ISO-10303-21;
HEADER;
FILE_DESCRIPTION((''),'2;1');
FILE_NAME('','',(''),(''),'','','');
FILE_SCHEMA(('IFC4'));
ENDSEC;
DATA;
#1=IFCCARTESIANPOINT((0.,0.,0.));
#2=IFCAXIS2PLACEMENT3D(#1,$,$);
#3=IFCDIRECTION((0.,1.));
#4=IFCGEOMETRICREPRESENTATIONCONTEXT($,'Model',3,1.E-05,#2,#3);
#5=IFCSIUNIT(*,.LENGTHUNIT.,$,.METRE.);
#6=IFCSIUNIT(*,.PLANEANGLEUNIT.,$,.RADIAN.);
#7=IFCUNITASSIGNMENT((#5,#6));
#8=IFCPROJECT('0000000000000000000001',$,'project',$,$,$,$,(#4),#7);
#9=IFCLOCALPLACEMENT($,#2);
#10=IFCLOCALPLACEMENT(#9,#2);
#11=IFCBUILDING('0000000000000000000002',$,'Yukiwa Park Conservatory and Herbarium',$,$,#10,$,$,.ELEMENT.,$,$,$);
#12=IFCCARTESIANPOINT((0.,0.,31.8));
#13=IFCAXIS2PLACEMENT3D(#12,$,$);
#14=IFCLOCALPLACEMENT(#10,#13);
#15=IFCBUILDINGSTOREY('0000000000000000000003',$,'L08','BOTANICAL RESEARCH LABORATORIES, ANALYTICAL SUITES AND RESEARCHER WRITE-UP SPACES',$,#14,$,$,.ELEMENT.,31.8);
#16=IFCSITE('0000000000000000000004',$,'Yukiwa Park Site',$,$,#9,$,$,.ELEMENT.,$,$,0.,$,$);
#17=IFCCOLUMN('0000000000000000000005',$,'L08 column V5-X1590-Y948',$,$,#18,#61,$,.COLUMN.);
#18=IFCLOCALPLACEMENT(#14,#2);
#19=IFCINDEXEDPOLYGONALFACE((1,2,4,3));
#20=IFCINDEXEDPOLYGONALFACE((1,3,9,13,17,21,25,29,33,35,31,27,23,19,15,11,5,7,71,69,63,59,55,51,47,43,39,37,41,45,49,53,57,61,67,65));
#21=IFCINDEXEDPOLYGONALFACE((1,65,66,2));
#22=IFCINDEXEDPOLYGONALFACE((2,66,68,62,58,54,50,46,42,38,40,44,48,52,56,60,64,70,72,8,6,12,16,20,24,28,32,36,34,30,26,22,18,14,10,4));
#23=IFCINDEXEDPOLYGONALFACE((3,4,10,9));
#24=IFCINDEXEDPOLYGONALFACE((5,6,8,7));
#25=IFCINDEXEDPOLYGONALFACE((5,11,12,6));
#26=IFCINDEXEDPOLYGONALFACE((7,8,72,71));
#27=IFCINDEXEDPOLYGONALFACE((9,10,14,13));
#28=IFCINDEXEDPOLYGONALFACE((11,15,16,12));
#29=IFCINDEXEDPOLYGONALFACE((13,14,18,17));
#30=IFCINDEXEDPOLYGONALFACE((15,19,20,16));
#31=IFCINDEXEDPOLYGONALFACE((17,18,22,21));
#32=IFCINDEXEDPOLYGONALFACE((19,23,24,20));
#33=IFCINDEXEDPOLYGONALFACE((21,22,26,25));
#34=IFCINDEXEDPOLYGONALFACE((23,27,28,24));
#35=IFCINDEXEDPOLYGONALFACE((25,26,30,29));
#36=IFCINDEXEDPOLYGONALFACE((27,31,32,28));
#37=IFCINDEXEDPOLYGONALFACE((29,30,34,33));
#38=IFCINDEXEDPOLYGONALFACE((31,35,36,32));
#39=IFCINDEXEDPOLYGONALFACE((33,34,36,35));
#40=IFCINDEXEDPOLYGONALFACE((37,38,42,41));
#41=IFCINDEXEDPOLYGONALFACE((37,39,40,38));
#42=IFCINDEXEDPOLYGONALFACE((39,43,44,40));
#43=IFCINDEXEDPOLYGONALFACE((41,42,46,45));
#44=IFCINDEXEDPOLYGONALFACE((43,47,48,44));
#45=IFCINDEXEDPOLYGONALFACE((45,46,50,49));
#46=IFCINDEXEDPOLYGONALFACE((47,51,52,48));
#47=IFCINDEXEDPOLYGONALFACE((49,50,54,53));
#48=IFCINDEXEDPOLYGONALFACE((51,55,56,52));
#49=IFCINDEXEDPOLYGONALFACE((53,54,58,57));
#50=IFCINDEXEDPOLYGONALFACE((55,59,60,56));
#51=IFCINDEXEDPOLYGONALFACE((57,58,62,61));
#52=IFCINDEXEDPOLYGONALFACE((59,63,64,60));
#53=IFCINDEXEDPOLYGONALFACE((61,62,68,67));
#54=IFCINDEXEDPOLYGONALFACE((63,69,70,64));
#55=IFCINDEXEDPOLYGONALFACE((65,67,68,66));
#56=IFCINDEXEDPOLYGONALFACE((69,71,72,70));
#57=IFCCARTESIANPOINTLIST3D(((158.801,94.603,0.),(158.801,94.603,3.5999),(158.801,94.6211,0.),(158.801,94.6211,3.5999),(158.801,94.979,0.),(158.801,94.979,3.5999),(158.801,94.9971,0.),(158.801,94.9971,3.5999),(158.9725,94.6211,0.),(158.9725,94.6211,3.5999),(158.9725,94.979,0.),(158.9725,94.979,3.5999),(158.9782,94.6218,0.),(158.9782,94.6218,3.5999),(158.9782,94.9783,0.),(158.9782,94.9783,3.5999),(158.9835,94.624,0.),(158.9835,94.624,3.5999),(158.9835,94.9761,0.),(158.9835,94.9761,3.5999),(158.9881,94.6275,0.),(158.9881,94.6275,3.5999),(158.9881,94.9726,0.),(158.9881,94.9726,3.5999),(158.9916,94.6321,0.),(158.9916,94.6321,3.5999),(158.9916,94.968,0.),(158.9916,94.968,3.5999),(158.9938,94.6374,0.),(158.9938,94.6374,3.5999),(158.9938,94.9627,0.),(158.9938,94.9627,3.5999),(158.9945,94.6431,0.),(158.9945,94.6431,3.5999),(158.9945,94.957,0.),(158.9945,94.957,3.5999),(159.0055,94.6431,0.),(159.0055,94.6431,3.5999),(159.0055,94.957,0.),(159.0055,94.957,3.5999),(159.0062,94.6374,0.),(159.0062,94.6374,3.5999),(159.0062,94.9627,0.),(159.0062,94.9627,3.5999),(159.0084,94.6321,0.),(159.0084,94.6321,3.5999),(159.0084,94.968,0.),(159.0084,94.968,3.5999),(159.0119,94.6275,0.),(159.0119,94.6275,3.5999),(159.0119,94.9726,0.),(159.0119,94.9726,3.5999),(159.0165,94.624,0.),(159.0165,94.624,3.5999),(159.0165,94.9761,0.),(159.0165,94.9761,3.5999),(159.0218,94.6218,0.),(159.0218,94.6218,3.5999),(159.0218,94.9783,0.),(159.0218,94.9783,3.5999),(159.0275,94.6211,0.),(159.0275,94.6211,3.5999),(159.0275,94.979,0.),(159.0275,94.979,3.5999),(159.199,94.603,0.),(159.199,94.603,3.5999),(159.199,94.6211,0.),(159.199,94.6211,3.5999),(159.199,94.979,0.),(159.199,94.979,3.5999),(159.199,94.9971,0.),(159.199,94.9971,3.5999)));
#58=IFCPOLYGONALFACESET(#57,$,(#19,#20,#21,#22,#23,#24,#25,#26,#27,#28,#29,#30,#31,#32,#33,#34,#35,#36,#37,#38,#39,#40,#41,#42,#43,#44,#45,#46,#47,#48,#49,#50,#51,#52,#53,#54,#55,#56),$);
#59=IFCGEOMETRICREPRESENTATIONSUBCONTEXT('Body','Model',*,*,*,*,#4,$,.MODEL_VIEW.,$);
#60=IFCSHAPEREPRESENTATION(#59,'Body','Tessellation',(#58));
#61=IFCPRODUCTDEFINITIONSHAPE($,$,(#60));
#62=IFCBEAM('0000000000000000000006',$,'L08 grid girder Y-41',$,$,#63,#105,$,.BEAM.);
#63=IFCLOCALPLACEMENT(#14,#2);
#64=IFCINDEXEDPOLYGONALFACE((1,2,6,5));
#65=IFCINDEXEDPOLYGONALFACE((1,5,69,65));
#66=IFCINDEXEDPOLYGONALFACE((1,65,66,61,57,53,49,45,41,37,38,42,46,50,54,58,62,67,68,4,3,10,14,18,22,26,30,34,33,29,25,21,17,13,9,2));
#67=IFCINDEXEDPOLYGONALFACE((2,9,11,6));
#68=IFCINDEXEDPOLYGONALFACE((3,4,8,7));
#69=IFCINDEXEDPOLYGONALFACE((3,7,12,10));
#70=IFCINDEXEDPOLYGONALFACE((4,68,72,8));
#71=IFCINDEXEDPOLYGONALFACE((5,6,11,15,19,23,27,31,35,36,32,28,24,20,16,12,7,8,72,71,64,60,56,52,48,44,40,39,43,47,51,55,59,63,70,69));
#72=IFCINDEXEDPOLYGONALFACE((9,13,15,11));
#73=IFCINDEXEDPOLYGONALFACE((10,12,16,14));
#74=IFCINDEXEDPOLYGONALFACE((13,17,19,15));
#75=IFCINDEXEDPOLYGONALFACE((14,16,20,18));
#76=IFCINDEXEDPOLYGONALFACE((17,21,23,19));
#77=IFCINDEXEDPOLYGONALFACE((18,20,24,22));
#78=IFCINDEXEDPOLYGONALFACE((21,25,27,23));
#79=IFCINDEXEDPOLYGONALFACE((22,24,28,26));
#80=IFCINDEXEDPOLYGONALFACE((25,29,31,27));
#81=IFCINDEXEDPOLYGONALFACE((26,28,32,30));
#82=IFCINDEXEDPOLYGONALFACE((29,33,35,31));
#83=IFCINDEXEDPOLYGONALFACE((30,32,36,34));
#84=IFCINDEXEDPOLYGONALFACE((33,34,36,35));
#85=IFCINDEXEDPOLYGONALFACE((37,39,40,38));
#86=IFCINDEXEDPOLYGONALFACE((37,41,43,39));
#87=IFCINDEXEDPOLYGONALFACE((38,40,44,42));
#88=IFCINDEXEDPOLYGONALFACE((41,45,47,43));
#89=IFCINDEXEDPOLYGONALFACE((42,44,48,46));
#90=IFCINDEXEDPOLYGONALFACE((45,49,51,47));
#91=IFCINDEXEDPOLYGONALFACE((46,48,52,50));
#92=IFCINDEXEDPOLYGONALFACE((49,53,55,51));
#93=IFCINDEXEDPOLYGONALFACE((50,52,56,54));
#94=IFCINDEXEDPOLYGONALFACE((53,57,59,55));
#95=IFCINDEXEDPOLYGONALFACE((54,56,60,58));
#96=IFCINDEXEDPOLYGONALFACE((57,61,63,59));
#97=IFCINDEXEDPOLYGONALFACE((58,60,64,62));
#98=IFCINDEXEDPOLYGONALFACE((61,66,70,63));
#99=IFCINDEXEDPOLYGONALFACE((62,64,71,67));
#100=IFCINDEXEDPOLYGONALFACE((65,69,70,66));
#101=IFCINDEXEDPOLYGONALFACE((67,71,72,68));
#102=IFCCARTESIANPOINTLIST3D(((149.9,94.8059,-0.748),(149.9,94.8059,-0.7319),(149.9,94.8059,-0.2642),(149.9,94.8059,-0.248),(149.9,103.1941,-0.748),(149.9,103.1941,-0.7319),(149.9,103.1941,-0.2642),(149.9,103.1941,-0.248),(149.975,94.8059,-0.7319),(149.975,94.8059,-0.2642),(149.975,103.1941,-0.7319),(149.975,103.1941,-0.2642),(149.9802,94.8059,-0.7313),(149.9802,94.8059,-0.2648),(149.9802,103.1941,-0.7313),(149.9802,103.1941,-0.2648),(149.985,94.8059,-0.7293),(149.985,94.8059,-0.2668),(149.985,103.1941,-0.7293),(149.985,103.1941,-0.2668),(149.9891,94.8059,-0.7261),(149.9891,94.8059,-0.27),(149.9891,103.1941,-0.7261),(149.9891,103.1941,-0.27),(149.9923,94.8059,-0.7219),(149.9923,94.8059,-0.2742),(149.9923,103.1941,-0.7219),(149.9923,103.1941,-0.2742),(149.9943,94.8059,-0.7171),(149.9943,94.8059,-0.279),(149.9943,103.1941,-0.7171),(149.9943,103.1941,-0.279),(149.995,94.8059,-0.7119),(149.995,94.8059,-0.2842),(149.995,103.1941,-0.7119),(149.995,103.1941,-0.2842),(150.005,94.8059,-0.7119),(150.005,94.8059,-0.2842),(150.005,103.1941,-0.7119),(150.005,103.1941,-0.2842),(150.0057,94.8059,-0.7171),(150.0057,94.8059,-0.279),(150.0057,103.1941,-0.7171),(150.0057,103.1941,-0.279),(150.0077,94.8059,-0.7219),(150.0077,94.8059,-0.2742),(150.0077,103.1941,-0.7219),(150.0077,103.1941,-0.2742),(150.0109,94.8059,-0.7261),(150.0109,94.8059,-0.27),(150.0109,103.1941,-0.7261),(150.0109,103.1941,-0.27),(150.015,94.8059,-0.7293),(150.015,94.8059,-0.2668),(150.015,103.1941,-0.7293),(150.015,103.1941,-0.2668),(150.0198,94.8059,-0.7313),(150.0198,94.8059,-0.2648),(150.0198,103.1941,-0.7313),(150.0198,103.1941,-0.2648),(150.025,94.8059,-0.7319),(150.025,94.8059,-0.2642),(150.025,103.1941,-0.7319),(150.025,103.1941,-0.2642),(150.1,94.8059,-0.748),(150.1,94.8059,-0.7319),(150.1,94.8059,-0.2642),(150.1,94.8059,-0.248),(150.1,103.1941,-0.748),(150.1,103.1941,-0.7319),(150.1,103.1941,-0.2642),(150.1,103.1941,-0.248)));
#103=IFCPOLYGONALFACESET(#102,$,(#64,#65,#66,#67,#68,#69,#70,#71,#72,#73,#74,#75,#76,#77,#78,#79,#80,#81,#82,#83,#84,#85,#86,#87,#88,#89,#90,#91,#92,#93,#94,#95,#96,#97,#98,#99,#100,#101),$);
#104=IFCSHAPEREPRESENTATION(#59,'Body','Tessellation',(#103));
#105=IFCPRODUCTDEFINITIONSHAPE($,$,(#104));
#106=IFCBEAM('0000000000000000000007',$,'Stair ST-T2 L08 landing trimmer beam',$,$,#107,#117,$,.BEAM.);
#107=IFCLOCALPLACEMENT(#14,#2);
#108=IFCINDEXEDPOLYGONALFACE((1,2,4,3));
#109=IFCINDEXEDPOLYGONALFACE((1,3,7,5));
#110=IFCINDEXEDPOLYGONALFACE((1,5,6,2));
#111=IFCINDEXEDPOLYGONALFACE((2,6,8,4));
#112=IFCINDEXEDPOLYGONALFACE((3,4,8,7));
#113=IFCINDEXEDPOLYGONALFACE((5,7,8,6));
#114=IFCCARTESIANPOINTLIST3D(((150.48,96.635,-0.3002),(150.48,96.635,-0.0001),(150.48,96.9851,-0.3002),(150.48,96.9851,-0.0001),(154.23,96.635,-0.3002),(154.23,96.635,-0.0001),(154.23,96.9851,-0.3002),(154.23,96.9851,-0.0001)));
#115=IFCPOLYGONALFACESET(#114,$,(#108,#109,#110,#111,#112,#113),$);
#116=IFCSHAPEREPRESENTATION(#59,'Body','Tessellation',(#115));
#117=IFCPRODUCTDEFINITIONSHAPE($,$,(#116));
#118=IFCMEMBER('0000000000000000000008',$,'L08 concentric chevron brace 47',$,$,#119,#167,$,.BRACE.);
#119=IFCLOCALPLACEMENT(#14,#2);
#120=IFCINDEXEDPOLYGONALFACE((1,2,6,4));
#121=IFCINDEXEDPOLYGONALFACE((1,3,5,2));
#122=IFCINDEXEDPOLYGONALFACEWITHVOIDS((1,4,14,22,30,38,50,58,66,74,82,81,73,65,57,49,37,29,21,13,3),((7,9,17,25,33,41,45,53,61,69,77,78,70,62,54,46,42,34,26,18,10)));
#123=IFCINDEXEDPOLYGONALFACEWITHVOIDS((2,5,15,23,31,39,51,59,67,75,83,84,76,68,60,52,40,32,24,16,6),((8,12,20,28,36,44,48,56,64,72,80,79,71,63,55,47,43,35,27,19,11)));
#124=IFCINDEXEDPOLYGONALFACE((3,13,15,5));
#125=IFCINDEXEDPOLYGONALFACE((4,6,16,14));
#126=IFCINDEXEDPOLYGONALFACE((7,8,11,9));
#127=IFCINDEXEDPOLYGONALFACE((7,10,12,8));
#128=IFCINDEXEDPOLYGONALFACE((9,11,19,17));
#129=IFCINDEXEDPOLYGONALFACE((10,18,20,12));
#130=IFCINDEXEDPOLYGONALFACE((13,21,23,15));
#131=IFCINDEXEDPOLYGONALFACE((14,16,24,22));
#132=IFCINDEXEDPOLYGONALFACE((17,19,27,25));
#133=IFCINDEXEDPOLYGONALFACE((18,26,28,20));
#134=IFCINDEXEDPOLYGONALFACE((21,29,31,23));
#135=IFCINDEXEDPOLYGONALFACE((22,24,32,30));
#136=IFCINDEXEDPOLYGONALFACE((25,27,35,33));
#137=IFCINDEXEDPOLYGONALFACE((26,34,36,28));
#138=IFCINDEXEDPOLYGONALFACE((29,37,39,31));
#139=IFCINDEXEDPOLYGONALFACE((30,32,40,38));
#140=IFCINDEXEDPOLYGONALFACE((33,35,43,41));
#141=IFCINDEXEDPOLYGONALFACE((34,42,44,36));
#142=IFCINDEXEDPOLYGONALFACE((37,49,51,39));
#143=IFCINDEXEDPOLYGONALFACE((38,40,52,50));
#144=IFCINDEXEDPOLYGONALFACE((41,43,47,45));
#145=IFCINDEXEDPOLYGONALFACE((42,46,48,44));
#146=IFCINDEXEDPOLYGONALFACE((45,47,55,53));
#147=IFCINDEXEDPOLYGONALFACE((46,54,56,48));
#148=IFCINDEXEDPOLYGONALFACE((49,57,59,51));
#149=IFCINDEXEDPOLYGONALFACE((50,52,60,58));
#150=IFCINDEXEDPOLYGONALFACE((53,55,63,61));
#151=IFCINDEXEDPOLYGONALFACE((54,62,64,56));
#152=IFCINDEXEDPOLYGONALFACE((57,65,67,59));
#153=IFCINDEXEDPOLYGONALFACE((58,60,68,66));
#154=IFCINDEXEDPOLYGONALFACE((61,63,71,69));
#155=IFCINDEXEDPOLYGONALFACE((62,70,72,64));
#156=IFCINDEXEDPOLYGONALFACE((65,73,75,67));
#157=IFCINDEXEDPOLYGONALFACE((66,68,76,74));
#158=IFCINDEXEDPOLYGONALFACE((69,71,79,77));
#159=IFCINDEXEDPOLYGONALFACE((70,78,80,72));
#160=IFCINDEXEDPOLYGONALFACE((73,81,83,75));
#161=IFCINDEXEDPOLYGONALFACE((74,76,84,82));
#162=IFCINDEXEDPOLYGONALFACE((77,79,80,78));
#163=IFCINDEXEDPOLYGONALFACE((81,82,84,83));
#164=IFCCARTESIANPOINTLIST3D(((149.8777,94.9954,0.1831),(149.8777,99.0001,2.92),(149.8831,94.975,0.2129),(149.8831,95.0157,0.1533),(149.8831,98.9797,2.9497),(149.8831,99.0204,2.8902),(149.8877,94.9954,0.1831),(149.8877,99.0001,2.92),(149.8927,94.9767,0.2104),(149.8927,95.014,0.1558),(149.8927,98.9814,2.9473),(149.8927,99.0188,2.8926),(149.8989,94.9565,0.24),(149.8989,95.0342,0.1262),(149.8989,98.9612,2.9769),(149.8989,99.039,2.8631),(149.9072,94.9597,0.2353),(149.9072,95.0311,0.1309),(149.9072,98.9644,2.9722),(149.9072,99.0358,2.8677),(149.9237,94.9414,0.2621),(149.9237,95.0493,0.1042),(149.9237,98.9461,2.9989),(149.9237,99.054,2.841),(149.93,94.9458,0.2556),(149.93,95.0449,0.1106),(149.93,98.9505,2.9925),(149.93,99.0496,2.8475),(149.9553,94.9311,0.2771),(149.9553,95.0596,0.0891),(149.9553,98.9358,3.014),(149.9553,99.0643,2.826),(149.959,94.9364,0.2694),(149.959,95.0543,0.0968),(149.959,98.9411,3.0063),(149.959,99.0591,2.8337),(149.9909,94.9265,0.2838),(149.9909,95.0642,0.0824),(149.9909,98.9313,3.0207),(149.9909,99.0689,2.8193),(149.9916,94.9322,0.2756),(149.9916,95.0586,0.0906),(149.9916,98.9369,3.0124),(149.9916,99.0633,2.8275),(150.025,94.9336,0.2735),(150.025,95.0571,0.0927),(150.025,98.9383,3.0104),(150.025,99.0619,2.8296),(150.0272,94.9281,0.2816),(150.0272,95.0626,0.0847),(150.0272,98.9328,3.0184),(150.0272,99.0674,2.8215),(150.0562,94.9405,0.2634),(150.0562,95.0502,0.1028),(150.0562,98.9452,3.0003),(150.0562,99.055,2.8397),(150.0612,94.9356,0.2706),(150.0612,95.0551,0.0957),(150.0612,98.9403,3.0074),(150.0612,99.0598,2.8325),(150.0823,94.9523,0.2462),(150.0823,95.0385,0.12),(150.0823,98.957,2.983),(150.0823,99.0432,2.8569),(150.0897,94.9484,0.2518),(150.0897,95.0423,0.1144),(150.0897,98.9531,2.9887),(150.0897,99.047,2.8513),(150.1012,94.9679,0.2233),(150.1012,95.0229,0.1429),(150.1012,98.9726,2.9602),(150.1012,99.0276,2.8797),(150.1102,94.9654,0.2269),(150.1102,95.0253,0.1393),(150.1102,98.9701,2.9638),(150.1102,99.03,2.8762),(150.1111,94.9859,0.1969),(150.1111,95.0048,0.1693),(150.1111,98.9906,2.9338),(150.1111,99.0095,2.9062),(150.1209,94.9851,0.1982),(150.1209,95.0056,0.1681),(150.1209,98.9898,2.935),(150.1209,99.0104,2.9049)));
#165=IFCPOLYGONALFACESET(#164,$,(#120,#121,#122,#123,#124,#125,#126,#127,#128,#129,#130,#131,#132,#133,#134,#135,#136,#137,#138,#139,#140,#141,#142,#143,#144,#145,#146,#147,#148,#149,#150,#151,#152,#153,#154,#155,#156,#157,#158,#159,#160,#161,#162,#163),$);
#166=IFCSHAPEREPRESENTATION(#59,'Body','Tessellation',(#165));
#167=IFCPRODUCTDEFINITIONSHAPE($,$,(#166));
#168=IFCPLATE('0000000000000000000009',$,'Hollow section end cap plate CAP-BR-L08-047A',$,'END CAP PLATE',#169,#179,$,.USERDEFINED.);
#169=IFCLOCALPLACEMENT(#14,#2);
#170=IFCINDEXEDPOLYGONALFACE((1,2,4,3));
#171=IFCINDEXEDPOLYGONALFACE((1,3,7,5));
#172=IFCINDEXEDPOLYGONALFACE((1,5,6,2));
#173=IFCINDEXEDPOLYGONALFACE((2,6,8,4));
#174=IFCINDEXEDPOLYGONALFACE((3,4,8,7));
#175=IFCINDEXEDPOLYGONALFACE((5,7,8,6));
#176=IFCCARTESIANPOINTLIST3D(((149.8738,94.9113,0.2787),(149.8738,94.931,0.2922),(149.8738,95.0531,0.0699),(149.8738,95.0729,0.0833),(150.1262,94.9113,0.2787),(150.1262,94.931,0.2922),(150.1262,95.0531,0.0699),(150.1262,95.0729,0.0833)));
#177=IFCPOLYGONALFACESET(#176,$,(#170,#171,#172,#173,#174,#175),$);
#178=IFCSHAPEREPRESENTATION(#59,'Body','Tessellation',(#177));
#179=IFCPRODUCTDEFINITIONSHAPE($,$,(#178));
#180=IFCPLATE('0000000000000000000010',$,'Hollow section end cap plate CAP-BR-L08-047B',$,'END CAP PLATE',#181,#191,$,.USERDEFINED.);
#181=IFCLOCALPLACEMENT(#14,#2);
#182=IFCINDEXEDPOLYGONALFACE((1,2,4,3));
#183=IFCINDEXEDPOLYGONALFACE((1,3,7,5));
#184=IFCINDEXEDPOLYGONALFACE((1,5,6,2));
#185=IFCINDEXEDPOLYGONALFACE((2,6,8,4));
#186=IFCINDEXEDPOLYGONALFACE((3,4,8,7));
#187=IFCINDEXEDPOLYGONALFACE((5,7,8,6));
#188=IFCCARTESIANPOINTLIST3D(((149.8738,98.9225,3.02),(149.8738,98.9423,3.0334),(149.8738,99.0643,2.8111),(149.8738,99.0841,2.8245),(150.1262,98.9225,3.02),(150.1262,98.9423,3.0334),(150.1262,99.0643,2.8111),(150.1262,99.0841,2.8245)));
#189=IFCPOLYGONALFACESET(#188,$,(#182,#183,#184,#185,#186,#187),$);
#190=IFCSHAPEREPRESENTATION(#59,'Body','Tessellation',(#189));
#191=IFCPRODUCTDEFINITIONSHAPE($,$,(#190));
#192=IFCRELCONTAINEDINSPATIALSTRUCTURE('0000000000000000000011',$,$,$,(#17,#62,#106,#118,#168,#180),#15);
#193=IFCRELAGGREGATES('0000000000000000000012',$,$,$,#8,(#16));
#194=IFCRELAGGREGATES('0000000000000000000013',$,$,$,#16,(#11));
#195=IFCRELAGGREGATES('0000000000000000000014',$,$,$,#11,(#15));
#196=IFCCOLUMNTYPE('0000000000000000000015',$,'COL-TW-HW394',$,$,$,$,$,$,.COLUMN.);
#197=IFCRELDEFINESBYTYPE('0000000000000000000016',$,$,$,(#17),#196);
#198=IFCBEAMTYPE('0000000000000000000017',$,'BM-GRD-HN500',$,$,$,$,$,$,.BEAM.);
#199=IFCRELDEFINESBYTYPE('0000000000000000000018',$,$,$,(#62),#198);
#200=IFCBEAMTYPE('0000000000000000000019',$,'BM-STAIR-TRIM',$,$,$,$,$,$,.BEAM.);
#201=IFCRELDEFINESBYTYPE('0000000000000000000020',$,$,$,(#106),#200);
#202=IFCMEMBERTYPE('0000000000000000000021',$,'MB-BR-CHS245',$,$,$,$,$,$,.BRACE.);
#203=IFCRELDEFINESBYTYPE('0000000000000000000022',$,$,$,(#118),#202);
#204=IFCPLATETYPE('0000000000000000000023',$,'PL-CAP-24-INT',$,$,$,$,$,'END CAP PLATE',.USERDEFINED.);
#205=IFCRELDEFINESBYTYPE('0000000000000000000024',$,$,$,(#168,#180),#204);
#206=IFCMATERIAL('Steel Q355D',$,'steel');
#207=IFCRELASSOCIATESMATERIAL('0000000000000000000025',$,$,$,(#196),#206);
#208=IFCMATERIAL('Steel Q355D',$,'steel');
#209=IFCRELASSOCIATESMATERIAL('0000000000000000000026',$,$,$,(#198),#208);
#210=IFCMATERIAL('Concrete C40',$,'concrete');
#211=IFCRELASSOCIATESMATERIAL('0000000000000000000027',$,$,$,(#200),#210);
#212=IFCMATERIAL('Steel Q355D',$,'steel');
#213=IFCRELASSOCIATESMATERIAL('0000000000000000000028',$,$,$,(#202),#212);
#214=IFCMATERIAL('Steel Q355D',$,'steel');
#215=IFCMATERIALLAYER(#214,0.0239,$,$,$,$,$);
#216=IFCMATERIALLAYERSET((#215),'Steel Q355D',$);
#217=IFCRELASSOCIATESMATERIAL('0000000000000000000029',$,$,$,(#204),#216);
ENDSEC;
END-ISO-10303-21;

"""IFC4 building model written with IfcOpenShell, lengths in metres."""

from ifc_helpers import new_model, si_unit, direction, frame, origin, origin_2d, place, context, subcontext, project, spatial, rectangle, hollow_circle, i_section, extrude, material, layer, layer_set, material_profile, profile_set, type_object, element, save


model = new_model("IFC4")

# Units and contexts
model_context = context("Model", 3, precision=1e-05, world=origin(), true_north=direction((0.0, 1.0)))
body_context = subcontext(model_context, "Body", "Model", "MODEL_VIEW")
ifc_project = project(units=[si_unit("LENGTHUNIT", "METRE"), si_unit("PLANEANGLEUNIT", "RADIAN")], contexts=[model_context])

# Site, building, storey
site_placement = place(None, origin())
site = spatial("IfcSite", under=ifc_project, at=site_placement, Name="Yukiwa Park Site", CompositionType="ELEMENT", RefElevation=0.0)
building_placement = place(site_placement, origin())
building = spatial("IfcBuilding", under=site, at=building_placement, Name="Yukiwa Park Conservatory and Herbarium", CompositionType="ELEMENT")
storey_placement = place(building_placement, frame((0.0, 0.0, 31.8)))
storey = spatial("IfcBuildingStorey", under=building, at=storey_placement, Name="L08", Description="BOTANICAL RESEARCH LABORATORIES, ANALYTICAL SUITES AND RESEARCHER WRITE-UP SPACES", CompositionType="ELEMENT", Elevation=31.8)

# Column
ifc_material_1 = material(Name="Steel Q355D", Category="steel")
ifc_material_profile_1 = material_profile(ifc_material_1, i_section(OverallWidth=0.3979, OverallDepth=0.394, WebThickness=0.011, FlangeThickness=0.0181, FilletRadius=0.022, at=origin_2d()), Name="HW 394x398x11x18")
ifc_profile_set_1 = profile_set([ifc_material_profile_1], Name="Steel Q355D")
column_type = type_object("IfcColumnType", Name="COL-TW-HW394", PredefinedType="COLUMN", material=ifc_profile_set_1)
column_placement = place(storey_placement, frame((159.0, 94.8, 0.0), z_axis=(0.0, 0.0, 1.0), x_axis=(1.0, 0.0, 0.0)))
element("IfcColumn", 1, at=column_placement, inside=storey, type_object=column_type, Name="L08 column V5-X1590-Y948", PredefinedType="COLUMN", context=body_context, shape_type="SweptSolid", body=[
    extrude(i_section(OverallWidth=0.3979, OverallDepth=0.394, WebThickness=0.011, FlangeThickness=0.0181, FilletRadius=0.022, at=origin_2d()), origin(), (0.0, 0.0, 1.0), 3.5999),
])

# Beams
ifc_material_2 = material(Name="Steel Q355D", Category="steel")
ifc_material_profile_2 = material_profile(ifc_material_2, i_section(OverallWidth=0.2, OverallDepth=0.5, WebThickness=0.01, FlangeThickness=0.0161, FilletRadius=0.02, at=origin_2d()), Name="HN 500x200x10x16")
ifc_profile_set_2 = profile_set([ifc_material_profile_2], Name="Steel Q355D")
beam_type_1 = type_object("IfcBeamType", Name="BM-GRD-HN500", PredefinedType="BEAM", material=ifc_profile_set_2)
beam_1_placement = place(storey_placement, frame((150.0, 94.8059, -0.498), z_axis=(0.0, 1.0, 0.0), x_axis=(-1.0, 0.0, 0.0)))
element("IfcBeam", 2, at=beam_1_placement, inside=storey, type_object=beam_type_1, Name="L08 grid girder Y-41", PredefinedType="BEAM", context=body_context, shape_type="SweptSolid", body=[
    extrude(i_section(OverallWidth=0.2, OverallDepth=0.5, WebThickness=0.01, FlangeThickness=0.0161, FilletRadius=0.02, at=origin_2d()), origin(), (0.0, 0.0, 1.0), 8.3882),
])
ifc_material_3 = material(Name="Concrete C40", Category="concrete")
ifc_material_profile_3 = material_profile(ifc_material_3, rectangle(XDim=0.3501, YDim=0.3, at=origin_2d()), Name="RC 350x300")
ifc_profile_set_3 = profile_set([ifc_material_profile_3], Name="Concrete C40")
beam_type_2 = type_object("IfcBeamType", Name="BM-STAIR-TRIM", PredefinedType="BEAM", material=ifc_profile_set_3)
beam_2_placement = place(storey_placement, frame((150.48, 96.8101, -0.1501), z_axis=(1.0, 0.0, 0.0), x_axis=(0.0, 1.0, 0.0)))
element("IfcBeam", 3, at=beam_2_placement, inside=storey, type_object=beam_type_2, Name="Stair ST-T2 L08 landing trimmer beam", PredefinedType="BEAM", context=body_context, shape_type="SweptSolid", body=[
    extrude(rectangle(XDim=0.3501, YDim=0.3, at=origin_2d()), origin(), (0.0, 0.0, 1.0), 3.75),
])

# Member
ifc_material_4 = material(Name="Steel Q355D", Category="steel")
ifc_material_profile_4 = material_profile(ifc_material_4, hollow_circle(Radius=0.1223, WallThickness=0.01, at=origin_2d()), Name="CHS 244.5x10")
ifc_profile_set_4 = profile_set([ifc_material_profile_4], Name="Steel Q355D")
member_type = type_object("IfcMemberType", Name="MB-BR-CHS245", PredefinedType="BRACE", material=ifc_profile_set_4)
member_placement = place(storey_placement, frame((150.0, 94.9954, 0.1831), z_axis=(0.0, 0.825615, 0.564235), x_axis=(-1.0, 0.0, 0.0)))
element("IfcMember", 4, at=member_placement, inside=storey, type_object=member_type, Name="L08 concentric chevron brace 47", PredefinedType="BRACE", context=body_context, shape_type="SweptSolid", body=[
    extrude(hollow_circle(Radius=0.1223, WallThickness=0.01, at=origin_2d()), origin(), (0.0, 0.0, 1.0), 4.8506),
])

# Plates
ifc_material_5 = material(Name="Steel Q355D", Category="steel")
ifc_layer_1 = layer(ifc_material_5, 0.0239)
ifc_layer_set_1 = layer_set([ifc_layer_1], Name="Steel Q355D")
plate_type = type_object("IfcPlateType", Name="PL-CAP-24-INT", ElementType="END CAP PLATE", PredefinedType="USERDEFINED", material=ifc_layer_set_1)
for number, where, z_axis, x_axis, name in (
    (5, (150.0, 95.002, 0.1877), (0.0, -0.827306, -0.561751), (1.0, 0.0, 0.0), "Hollow section end cap plate CAP-BR-L08-047A"),
    (6, (150.0, 98.9934, 2.9155), (0.0, 0.827306, 0.561751), (-1.0, 0.0, 0.0), "Hollow section end cap plate CAP-BR-L08-047B"),
):
    element("IfcPlate", number, at=place(storey_placement, frame(where, z_axis=z_axis, x_axis=x_axis)), inside=storey, type_object=plate_type, Name=name, ObjectType="END CAP PLATE", PredefinedType="USERDEFINED", context=body_context, shape_type="SweptSolid", body=[
        extrude(rectangle(XDim=0.2524, YDim=0.2524, at=origin_2d()), origin(), (0.0, 0.0, 1.0), 0.0239),
    ])

save(model, "model.ifc")
